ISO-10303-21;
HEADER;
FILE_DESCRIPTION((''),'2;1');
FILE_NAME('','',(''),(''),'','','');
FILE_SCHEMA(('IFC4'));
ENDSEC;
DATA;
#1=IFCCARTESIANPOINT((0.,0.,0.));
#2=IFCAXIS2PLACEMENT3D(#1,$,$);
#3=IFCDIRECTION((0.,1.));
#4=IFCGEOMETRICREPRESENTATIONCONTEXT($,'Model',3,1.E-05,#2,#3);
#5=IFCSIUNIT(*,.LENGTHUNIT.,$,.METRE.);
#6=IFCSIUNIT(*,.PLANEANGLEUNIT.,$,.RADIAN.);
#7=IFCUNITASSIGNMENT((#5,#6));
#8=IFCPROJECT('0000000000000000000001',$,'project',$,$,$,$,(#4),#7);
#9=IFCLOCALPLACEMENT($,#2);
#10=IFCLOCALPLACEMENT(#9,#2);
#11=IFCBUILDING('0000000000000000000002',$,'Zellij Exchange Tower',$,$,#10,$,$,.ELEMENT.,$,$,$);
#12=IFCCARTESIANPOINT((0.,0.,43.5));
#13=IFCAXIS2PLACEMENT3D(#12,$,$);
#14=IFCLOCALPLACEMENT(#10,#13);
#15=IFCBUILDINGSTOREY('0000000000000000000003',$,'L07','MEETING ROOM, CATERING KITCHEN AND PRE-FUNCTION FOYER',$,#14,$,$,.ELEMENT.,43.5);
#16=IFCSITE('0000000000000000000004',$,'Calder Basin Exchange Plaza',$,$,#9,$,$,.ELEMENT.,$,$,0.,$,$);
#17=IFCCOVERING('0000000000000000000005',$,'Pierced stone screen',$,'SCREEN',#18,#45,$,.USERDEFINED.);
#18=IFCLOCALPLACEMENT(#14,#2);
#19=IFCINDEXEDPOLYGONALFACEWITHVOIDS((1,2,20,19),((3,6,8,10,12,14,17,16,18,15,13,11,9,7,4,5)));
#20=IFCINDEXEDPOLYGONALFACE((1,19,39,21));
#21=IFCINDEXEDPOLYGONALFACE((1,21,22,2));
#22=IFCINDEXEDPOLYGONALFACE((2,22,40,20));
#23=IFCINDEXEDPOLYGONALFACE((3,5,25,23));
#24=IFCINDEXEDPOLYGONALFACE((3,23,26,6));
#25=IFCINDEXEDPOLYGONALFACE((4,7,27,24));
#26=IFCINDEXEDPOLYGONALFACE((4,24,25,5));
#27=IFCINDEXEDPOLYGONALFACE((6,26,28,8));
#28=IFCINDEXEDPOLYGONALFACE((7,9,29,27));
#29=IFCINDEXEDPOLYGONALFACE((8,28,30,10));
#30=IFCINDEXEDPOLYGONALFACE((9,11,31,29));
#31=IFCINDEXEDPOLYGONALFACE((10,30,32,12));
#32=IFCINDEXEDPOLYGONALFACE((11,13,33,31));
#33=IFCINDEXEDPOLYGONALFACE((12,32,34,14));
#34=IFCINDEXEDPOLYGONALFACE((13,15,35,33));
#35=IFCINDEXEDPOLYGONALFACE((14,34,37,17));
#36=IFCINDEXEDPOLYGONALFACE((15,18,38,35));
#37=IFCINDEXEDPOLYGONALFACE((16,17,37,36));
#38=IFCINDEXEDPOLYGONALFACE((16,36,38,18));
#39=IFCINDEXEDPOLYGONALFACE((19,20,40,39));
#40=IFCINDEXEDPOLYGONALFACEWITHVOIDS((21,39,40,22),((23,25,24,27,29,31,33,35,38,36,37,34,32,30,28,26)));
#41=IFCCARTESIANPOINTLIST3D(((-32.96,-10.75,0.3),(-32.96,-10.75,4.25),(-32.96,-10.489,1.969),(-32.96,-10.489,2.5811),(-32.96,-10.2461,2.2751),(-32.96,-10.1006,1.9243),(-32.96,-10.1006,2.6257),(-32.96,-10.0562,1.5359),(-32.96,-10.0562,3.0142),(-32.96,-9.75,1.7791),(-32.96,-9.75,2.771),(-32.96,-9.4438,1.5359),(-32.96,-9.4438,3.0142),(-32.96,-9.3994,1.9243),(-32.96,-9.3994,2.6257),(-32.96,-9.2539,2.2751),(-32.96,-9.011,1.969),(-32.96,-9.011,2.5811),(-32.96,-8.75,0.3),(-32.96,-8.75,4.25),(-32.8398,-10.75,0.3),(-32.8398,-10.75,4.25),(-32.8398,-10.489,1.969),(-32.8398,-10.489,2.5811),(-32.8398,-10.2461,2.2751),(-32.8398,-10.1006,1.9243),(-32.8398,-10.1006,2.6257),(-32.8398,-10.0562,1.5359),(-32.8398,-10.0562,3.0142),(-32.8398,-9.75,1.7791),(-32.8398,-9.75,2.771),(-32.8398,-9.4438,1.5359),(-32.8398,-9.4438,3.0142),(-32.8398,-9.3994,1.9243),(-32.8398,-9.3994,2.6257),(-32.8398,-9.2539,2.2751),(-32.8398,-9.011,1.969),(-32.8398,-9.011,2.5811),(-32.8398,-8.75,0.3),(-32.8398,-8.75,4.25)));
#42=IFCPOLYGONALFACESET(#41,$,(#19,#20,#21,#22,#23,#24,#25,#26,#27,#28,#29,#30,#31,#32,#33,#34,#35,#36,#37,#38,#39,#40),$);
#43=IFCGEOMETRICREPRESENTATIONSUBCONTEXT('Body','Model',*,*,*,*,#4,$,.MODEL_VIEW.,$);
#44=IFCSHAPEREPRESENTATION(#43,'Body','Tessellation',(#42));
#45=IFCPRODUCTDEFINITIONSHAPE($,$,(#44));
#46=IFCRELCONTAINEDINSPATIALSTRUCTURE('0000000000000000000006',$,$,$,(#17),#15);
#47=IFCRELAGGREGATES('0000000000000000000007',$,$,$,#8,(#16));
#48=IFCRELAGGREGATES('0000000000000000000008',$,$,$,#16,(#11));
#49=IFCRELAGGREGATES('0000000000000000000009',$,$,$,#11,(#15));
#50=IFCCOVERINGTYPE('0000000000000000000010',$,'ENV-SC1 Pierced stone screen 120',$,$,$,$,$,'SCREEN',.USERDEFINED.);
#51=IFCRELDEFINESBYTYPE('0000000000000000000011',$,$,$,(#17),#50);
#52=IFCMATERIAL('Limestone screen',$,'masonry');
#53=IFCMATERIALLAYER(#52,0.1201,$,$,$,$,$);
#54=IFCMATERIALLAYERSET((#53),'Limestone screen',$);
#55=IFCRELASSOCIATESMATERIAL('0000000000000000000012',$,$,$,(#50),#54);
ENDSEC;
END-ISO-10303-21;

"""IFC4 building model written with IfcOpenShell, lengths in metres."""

from ifc_helpers import new_model, si_unit, direction, frame, origin, place, context, subcontext, project, spatial, polyline, outline, extrude, material, layer, layer_set, type_object, element, save


model = new_model("IFC4")

# Units and contexts
model_context = context("Model", 3, precision=1e-05, world=origin(), true_north=direction((0.0, 1.0)))
body_context = subcontext(model_context, "Body", "Model", "MODEL_VIEW")
ifc_project = project(units=[si_unit("LENGTHUNIT", "METRE"), si_unit("PLANEANGLEUNIT", "RADIAN")], contexts=[model_context])

# Site, building, storey
site_placement = place(None, origin())
site = spatial("IfcSite", under=ifc_project, at=site_placement, Name="Calder Basin Exchange Plaza", CompositionType="ELEMENT", RefElevation=0.0)
building_placement = place(site_placement, origin())
building = spatial("IfcBuilding", under=site, at=building_placement, Name="Zellij Exchange Tower", CompositionType="ELEMENT")
storey_placement = place(building_placement, frame((0.0, 0.0, 43.5)))
storey = spatial("IfcBuildingStorey", under=building, at=storey_placement, Name="L07", Description="MEETING ROOM, CATERING KITCHEN AND PRE-FUNCTION FOYER", CompositionType="ELEMENT", Elevation=43.5)

# Covering
ifc_material_1 = material(Name="Limestone screen", Category="masonry")
ifc_layer_1 = layer(ifc_material_1, 0.1201)
ifc_layer_set_1 = layer_set([ifc_layer_1], Name="Limestone screen")
covering_type_1 = type_object("IfcCoveringType", Name="ENV-SC1 Pierced stone screen 120", ElementType="SCREEN", PredefinedType="USERDEFINED", material=ifc_layer_set_1)
covering_1_placement = place(storey_placement, frame((-32.8999, -8.75, 0.3), z_axis=(0.0, 0.0, 1.0), x_axis=(0.0, -1.0, 0.0)))
element("IfcCovering", 1, at=covering_1_placement, inside=storey, type_object=covering_type_1, Name="Pierced stone screen", ObjectType="SCREEN", PredefinedType="USERDEFINED", context=body_context, shape_type="SweptSolid", body=[
    extrude(outline(polyline([(0.0, 0.0), (2.0, 0.0), (2.0, 3.95), (0.0, 3.95), (0.0, 0.0)]), holes=[polyline([(1.739, 2.281), (1.3506, 2.3257), (1.3062, 2.7141), (1.0, 2.4709), (0.6938, 2.7141), (0.6494, 2.3257), (0.261, 2.281), (0.5039, 1.9751), (0.261, 1.6689), (0.6494, 1.6243), (0.6938, 1.2358), (1.0, 1.479), (1.3062, 1.2358), (1.3506, 1.6243), (1.739, 1.6689), (1.4961, 1.9751), (1.739, 2.281)])]), frame((0.0, 0.0601, 0.0), z_axis=(0.0, -1.0, 0.0), x_axis=(1.0, 0.0, 0.0)), (0.0, 0.0, 1.0), 0.1201),
])

save(model, "model.ifc")
